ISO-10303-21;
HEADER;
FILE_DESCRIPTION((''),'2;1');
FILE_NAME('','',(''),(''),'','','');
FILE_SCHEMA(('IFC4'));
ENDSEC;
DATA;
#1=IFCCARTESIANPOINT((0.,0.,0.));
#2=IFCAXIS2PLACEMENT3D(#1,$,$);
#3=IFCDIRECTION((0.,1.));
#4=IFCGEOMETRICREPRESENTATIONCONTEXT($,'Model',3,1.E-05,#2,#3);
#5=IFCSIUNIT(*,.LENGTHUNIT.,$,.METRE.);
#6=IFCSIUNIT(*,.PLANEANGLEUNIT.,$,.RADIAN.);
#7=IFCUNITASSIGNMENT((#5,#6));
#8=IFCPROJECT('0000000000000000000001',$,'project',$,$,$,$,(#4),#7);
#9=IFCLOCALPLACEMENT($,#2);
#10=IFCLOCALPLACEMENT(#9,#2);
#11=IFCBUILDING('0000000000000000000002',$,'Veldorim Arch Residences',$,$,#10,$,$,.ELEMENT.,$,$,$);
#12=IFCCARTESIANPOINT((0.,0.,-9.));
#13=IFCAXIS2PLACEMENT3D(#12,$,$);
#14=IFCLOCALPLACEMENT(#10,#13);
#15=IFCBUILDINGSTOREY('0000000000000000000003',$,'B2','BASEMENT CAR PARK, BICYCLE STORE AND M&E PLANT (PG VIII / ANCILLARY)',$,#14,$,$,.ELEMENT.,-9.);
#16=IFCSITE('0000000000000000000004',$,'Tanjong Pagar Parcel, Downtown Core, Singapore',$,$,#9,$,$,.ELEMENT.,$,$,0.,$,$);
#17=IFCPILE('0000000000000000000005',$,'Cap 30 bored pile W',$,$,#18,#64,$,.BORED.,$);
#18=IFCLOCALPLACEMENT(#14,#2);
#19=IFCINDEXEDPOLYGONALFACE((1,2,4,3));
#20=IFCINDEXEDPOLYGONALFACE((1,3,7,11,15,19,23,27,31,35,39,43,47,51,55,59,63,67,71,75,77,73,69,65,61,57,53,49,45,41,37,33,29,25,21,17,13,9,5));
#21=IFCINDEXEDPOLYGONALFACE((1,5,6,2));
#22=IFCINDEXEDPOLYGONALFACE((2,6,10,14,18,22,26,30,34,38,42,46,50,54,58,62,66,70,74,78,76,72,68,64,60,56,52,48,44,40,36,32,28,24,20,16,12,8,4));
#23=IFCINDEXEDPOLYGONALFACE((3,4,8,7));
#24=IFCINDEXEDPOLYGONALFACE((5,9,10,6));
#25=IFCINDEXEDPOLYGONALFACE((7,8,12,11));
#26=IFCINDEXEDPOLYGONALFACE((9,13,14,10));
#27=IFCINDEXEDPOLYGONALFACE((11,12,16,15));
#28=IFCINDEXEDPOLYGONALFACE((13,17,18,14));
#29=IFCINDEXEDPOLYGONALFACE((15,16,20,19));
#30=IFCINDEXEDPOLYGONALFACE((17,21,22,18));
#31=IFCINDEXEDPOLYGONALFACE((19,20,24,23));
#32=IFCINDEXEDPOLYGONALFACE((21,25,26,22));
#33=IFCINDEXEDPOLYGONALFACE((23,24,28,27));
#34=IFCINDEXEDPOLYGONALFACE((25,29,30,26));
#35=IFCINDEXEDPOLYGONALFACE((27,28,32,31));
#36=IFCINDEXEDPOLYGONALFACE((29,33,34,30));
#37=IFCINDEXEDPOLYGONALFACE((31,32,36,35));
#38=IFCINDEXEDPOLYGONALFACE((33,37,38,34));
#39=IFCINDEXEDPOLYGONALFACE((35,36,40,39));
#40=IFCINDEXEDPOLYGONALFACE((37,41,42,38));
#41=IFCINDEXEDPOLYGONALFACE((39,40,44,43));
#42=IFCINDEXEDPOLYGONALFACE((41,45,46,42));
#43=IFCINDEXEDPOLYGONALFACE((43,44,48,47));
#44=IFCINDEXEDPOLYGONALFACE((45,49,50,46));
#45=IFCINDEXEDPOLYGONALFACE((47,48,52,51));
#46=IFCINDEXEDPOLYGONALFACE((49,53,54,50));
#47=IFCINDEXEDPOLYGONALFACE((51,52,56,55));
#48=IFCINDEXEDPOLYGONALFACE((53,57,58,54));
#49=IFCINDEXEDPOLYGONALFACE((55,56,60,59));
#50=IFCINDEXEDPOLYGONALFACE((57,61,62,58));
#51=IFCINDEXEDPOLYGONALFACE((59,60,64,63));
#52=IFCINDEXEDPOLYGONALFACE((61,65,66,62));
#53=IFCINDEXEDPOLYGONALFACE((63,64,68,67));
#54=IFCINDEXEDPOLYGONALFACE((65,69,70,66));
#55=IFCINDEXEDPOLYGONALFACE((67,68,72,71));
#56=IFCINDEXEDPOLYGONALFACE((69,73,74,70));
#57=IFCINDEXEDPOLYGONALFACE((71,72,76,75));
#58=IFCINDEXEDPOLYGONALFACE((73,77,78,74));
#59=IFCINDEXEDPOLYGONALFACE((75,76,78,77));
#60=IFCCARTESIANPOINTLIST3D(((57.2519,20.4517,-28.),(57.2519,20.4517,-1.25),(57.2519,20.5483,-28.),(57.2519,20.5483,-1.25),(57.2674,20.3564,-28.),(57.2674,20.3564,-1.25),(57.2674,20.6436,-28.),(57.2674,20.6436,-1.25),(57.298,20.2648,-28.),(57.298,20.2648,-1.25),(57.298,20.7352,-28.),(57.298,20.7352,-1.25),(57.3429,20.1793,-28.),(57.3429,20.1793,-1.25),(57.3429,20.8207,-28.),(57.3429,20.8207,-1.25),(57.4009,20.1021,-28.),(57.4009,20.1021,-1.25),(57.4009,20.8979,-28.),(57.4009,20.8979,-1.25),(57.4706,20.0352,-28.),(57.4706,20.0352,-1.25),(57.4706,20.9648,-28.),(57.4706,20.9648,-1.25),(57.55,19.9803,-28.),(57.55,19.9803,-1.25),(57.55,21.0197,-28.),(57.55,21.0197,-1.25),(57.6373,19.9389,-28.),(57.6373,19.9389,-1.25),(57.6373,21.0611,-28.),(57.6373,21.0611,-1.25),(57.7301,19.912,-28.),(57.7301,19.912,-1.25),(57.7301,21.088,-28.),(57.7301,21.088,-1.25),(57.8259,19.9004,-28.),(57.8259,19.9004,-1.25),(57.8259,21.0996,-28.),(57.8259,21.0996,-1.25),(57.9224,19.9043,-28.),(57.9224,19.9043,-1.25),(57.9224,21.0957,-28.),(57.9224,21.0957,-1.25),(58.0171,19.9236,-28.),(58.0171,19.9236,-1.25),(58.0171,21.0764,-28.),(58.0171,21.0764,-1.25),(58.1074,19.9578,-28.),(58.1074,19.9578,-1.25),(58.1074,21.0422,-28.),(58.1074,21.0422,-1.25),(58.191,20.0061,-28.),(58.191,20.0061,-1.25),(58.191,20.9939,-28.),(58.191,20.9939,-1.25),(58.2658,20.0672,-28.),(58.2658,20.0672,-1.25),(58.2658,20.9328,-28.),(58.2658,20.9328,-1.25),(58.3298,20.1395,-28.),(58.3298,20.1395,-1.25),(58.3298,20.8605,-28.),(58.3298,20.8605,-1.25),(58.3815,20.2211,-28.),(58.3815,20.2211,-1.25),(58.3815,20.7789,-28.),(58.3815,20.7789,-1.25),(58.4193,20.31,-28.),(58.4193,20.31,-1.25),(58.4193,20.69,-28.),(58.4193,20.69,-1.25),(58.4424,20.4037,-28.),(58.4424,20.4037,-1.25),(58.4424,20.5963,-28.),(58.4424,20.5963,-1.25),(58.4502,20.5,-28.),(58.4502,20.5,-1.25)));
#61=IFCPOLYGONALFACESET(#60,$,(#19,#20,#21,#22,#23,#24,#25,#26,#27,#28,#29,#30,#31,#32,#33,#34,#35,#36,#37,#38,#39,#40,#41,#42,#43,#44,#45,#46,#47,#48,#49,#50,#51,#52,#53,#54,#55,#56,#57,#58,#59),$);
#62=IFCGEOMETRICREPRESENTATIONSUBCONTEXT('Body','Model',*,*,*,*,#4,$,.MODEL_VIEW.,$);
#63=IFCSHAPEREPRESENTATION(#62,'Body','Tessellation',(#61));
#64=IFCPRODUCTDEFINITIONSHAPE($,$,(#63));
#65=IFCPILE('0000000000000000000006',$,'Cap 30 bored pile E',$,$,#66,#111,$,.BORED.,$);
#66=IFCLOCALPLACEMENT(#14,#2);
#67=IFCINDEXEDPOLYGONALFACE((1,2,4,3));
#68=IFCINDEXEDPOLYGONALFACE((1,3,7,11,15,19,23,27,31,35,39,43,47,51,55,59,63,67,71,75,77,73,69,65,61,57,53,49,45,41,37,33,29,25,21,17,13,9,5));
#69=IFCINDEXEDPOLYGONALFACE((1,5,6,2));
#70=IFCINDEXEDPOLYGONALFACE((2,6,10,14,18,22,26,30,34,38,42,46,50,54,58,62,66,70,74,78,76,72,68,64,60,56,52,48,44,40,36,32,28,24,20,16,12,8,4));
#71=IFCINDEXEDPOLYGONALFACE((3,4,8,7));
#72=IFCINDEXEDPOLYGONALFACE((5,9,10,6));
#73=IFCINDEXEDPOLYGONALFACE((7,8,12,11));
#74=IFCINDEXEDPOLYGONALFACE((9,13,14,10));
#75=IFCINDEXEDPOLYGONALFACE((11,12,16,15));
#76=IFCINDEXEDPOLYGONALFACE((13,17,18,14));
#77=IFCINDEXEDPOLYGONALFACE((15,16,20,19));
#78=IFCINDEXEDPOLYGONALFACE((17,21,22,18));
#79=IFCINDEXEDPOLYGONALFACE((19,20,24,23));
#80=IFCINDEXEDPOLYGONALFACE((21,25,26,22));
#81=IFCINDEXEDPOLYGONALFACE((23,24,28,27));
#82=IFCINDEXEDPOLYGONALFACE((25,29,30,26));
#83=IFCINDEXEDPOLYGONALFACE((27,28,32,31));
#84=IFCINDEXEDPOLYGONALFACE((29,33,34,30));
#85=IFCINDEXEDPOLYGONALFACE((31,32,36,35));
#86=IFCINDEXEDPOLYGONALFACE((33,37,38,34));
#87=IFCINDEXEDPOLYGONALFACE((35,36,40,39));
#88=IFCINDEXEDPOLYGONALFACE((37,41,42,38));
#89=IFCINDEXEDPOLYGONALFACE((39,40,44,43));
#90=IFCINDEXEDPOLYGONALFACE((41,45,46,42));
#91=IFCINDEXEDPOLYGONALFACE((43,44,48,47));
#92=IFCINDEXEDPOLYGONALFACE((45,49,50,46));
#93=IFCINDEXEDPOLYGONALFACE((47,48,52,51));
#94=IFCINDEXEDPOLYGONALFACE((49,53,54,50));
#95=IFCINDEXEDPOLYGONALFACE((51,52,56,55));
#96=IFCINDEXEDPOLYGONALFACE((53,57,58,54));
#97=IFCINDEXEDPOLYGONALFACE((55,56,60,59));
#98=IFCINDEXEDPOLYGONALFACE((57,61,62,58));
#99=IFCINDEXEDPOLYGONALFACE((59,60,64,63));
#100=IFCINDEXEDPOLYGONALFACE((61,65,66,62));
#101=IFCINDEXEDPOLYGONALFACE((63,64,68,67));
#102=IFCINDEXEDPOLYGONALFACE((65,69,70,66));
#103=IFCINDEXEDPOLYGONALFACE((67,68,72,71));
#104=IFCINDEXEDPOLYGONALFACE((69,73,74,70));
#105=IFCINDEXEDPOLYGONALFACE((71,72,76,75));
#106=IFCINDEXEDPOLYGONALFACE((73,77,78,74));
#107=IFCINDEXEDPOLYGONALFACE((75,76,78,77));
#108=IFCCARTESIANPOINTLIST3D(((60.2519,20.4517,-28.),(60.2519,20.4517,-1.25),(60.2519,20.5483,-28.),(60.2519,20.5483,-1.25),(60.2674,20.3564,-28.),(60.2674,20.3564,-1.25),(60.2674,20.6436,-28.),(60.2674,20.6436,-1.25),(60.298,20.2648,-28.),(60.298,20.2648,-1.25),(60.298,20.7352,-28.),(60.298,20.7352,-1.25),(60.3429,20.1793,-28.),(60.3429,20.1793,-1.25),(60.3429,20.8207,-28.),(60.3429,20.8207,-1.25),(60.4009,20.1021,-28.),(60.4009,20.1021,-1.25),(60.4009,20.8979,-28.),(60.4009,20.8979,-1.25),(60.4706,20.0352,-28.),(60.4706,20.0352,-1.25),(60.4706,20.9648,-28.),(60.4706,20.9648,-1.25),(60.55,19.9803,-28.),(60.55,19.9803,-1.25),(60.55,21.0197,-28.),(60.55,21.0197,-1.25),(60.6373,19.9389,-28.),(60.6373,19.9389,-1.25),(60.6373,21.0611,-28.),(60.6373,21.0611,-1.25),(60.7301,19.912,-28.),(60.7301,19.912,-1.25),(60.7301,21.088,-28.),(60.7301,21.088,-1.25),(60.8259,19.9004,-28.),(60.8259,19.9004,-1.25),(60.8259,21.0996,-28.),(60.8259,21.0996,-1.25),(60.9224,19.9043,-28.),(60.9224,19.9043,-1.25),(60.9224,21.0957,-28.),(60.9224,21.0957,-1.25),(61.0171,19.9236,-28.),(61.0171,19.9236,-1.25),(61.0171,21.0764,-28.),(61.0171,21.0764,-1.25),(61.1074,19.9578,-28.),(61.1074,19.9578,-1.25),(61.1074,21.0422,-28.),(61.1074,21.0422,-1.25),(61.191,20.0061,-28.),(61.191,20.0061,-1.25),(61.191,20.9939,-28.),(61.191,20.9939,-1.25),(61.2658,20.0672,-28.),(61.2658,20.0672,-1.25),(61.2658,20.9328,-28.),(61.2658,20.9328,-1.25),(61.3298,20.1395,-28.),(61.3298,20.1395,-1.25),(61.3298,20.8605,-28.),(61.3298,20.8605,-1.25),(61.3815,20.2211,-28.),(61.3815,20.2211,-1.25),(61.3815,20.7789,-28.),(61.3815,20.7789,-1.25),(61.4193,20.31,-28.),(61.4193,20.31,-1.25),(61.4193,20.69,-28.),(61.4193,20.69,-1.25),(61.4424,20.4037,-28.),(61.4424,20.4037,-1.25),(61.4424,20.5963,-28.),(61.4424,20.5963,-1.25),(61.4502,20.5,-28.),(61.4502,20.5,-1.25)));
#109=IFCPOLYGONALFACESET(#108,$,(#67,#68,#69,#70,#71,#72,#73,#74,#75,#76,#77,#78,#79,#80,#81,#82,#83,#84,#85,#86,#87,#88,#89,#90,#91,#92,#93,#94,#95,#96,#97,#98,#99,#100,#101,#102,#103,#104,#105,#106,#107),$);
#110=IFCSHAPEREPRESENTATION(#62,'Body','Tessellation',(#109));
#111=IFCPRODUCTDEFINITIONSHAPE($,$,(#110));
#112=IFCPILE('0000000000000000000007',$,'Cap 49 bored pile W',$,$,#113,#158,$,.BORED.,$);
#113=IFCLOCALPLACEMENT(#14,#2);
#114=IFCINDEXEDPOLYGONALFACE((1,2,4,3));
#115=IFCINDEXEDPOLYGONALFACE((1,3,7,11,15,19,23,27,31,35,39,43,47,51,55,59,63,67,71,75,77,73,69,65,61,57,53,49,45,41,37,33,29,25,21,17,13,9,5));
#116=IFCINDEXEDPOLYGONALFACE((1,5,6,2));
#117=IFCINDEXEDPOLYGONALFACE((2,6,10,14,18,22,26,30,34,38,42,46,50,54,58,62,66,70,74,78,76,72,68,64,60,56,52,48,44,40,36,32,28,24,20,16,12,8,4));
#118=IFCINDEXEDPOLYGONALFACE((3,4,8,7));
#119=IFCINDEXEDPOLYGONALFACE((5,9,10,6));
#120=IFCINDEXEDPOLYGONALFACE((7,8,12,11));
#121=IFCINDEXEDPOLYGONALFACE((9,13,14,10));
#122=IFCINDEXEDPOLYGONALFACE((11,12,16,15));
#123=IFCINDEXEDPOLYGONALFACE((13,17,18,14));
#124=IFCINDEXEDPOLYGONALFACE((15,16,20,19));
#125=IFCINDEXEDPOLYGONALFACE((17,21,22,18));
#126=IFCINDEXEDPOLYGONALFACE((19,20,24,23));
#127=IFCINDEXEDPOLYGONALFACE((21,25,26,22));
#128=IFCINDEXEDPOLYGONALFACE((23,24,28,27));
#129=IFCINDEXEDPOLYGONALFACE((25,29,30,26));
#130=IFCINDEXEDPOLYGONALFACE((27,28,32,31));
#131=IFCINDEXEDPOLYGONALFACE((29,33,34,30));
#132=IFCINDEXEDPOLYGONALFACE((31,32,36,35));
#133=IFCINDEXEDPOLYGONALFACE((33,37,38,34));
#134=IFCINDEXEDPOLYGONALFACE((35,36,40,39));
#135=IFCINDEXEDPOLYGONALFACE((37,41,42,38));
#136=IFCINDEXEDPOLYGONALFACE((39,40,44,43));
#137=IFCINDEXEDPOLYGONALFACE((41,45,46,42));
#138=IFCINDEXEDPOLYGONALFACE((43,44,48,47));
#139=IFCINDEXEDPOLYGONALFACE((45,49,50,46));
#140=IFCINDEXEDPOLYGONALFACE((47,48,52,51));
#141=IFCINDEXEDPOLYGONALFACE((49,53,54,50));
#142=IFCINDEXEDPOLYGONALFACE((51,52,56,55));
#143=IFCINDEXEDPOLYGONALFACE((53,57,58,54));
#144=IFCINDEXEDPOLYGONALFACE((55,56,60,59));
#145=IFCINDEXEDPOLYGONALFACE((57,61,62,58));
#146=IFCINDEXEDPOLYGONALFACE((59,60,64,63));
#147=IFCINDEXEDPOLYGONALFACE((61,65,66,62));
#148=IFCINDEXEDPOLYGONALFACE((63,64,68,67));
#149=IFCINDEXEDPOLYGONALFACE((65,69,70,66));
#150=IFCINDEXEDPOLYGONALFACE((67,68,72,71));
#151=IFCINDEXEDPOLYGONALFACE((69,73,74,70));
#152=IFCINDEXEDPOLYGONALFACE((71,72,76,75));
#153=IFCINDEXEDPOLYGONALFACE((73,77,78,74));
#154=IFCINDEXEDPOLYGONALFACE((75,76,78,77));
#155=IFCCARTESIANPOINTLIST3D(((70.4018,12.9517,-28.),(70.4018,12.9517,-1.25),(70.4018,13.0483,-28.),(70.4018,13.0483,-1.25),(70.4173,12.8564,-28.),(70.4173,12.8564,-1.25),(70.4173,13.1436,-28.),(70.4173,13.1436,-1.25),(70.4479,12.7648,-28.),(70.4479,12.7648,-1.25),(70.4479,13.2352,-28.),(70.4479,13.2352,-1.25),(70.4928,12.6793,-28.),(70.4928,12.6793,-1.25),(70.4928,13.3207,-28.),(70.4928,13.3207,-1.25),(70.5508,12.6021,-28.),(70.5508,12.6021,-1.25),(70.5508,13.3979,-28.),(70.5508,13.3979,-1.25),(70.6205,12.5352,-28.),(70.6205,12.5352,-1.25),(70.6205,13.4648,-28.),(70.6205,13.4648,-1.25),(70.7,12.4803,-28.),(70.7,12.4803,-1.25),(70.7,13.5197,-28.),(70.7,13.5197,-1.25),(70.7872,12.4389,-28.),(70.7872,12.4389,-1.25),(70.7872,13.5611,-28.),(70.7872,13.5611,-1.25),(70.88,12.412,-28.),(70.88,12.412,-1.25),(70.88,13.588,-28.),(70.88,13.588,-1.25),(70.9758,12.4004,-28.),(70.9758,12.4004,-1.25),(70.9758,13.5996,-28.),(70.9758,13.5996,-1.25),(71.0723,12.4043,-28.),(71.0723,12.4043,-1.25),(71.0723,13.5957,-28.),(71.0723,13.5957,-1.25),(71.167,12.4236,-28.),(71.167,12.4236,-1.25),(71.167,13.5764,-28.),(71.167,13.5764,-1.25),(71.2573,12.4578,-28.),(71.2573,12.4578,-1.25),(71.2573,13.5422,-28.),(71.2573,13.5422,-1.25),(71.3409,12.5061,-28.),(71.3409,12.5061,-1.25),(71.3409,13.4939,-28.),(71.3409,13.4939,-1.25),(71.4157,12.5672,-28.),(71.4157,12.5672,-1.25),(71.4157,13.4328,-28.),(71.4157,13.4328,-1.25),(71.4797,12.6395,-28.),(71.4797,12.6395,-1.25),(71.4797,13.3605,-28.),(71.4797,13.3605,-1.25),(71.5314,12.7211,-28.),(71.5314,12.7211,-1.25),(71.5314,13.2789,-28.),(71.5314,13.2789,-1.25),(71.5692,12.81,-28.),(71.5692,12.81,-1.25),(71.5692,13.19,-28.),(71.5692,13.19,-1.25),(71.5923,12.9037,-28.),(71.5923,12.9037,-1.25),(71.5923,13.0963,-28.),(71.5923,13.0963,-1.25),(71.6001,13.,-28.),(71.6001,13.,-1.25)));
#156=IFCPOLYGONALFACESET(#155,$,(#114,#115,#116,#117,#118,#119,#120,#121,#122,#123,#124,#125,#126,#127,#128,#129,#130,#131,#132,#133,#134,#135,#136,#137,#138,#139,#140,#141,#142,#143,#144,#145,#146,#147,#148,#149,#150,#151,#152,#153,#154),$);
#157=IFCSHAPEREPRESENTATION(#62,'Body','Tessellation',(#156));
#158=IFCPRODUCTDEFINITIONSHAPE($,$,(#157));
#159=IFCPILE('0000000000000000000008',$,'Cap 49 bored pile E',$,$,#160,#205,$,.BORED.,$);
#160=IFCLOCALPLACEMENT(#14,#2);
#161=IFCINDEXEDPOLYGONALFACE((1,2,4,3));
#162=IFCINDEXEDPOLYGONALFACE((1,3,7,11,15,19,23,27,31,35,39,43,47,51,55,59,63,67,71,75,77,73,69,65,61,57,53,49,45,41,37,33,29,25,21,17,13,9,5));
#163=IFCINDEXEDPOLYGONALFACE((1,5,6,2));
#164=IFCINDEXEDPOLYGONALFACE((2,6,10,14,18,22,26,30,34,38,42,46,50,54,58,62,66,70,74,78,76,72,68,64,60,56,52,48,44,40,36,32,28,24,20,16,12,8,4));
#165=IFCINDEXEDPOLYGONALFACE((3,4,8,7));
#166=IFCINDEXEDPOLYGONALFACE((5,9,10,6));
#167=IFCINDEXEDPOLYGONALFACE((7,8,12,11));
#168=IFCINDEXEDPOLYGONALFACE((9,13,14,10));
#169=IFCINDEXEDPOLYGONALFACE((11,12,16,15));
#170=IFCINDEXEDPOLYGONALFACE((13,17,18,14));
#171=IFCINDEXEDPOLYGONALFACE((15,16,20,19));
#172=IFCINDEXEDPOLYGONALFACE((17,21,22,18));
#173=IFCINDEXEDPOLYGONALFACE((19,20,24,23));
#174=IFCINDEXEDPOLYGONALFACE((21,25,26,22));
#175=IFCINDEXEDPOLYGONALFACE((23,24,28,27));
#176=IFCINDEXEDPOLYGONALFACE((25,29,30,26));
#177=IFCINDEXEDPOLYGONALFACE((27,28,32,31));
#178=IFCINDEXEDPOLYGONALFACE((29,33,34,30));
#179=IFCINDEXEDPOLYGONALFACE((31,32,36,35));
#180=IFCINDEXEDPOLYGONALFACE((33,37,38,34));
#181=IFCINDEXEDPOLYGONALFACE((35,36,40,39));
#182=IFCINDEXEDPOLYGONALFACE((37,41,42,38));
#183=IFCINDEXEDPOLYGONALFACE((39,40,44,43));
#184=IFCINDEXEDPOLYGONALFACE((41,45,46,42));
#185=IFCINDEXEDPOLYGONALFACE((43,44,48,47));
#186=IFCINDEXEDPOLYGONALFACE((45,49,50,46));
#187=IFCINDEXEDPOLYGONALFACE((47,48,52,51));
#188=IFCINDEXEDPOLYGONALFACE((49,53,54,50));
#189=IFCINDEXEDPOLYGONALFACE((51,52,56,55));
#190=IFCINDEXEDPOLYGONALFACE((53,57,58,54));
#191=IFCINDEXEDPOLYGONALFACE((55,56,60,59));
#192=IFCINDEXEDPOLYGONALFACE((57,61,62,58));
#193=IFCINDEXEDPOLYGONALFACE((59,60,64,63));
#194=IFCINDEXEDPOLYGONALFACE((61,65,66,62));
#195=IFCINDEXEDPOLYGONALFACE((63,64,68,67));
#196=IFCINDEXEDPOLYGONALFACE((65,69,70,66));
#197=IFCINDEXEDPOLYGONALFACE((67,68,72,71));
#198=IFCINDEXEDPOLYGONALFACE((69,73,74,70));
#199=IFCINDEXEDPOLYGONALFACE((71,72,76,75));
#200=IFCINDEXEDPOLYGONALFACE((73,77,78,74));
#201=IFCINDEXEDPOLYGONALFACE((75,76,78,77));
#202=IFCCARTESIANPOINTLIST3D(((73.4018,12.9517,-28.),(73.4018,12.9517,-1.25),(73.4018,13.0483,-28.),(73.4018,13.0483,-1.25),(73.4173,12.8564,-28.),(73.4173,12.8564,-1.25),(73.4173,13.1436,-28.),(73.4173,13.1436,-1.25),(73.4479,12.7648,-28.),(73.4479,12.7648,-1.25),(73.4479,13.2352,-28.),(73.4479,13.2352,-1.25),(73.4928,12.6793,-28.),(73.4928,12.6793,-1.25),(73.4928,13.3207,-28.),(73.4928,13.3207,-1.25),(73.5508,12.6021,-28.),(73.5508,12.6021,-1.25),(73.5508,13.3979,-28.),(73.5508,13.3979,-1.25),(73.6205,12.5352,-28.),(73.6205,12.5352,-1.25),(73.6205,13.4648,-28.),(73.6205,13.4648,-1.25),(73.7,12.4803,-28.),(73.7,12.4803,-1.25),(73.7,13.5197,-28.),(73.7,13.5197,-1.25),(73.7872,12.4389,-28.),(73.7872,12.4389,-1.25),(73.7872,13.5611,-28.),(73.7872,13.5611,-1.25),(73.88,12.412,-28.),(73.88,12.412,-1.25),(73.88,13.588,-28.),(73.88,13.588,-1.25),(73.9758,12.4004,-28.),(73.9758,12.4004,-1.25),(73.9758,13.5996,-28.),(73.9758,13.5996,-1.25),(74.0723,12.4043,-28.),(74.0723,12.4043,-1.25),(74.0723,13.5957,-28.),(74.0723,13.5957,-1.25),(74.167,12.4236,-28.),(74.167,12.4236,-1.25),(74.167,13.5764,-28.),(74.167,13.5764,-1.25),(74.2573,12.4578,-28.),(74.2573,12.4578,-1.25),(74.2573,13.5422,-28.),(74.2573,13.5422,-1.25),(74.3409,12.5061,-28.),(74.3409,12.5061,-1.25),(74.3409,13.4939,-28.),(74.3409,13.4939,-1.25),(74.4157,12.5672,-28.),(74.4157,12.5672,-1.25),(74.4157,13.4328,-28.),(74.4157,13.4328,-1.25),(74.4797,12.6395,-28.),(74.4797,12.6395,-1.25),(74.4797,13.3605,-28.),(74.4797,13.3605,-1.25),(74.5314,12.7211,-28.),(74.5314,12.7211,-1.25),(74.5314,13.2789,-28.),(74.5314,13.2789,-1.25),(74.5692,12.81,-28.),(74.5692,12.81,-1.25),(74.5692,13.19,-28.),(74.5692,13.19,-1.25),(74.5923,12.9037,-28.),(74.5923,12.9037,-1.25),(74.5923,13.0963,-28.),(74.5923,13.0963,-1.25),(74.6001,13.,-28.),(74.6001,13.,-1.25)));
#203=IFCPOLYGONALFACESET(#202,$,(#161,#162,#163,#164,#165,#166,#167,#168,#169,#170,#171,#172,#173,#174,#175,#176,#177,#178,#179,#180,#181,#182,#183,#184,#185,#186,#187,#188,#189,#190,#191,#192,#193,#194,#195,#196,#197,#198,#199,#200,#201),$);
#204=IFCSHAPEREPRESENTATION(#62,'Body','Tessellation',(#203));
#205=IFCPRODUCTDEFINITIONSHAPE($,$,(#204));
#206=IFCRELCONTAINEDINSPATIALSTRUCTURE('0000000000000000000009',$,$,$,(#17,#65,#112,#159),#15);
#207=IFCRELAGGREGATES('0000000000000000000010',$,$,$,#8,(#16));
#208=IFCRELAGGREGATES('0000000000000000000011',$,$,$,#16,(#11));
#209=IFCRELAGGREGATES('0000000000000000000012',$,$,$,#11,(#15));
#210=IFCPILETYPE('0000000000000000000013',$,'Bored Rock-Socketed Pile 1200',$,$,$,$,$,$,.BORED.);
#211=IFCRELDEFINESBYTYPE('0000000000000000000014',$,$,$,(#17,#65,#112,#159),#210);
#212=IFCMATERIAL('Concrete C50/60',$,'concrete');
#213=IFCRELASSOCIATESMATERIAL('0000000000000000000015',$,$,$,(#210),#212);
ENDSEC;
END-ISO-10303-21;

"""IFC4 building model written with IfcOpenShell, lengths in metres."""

from ifc_helpers import new_model, si_unit, direction, frame, origin, origin_2d, place, context, subcontext, project, spatial, circle, extrude, material, material_profile, profile_set, type_object, element, save


model = new_model("IFC4")

# Units and contexts
model_context = context("Model", 3, precision=1e-05, world=origin(), true_north=direction((0.0, 1.0)))
body_context = subcontext(model_context, "Body", "Model", "MODEL_VIEW")
ifc_project = project(units=[si_unit("LENGTHUNIT", "METRE"), si_unit("PLANEANGLEUNIT", "RADIAN")], contexts=[model_context])

# Site, building, storey
site_placement = place(None, origin())
site = spatial("IfcSite", under=ifc_project, at=site_placement, Name="Tanjong Pagar Parcel, Downtown Core, Singapore", CompositionType="ELEMENT", RefElevation=0.0)
building_placement = place(site_placement, origin())
building = spatial("IfcBuilding", under=site, at=building_placement, Name="Veldorim Arch Residences", CompositionType="ELEMENT")
storey_placement = place(building_placement, frame((0.0, 0.0, -9.0)))
storey = spatial("IfcBuildingStorey", under=building, at=storey_placement, Name="B2", Description="BASEMENT CAR PARK, BICYCLE STORE AND M&E PLANT (PG VIII / ANCILLARY)", CompositionType="ELEMENT", Elevation=-9.0)

# Piles
ifc_material_1 = material(Name="Concrete C50/60", Category="concrete")
ifc_material_profile_1 = material_profile(ifc_material_1, circle(Radius=0.6001, at=origin_2d()), Name="PILE_1200")
ifc_profile_set_1 = profile_set([ifc_material_profile_1], Name="Concrete C50/60")
pile_type = type_object("IfcPileType", Name="Bored Rock-Socketed Pile 1200", PredefinedType="BORED", material=ifc_profile_set_1)
for number, where, z_axis, x_axis, name in (
    (1, (57.8501, 20.5, -1.25), (0.0, 0.0, -1.0), (1.0, 0.0, 0.0), "Cap 30 bored pile W"),
    (2, (60.8501, 20.5, -1.25), (0.0, 0.0, -1.0), (1.0, 0.0, 0.0), "Cap 30 bored pile E"),
    (3, (71.0, 13.0, -1.25), (0.0, 0.0, -1.0), (1.0, 0.0, 0.0), "Cap 49 bored pile W"),
    (4, (74.0, 13.0, -1.25), (0.0, 0.0, -1.0), (1.0, 0.0, 0.0), "Cap 49 bored pile E"),
):
    element("IfcPile", number, at=place(storey_placement, frame(where, z_axis=z_axis, x_axis=x_axis)), inside=storey, type_object=pile_type, Name=name, PredefinedType="BORED", context=body_context, shape_type="SweptSolid", body=[
        extrude(circle(Radius=0.6001, at=origin_2d()), origin(), (0.0, 0.0, 1.0), 26.75),
    ])

save(model, "model.ifc")
